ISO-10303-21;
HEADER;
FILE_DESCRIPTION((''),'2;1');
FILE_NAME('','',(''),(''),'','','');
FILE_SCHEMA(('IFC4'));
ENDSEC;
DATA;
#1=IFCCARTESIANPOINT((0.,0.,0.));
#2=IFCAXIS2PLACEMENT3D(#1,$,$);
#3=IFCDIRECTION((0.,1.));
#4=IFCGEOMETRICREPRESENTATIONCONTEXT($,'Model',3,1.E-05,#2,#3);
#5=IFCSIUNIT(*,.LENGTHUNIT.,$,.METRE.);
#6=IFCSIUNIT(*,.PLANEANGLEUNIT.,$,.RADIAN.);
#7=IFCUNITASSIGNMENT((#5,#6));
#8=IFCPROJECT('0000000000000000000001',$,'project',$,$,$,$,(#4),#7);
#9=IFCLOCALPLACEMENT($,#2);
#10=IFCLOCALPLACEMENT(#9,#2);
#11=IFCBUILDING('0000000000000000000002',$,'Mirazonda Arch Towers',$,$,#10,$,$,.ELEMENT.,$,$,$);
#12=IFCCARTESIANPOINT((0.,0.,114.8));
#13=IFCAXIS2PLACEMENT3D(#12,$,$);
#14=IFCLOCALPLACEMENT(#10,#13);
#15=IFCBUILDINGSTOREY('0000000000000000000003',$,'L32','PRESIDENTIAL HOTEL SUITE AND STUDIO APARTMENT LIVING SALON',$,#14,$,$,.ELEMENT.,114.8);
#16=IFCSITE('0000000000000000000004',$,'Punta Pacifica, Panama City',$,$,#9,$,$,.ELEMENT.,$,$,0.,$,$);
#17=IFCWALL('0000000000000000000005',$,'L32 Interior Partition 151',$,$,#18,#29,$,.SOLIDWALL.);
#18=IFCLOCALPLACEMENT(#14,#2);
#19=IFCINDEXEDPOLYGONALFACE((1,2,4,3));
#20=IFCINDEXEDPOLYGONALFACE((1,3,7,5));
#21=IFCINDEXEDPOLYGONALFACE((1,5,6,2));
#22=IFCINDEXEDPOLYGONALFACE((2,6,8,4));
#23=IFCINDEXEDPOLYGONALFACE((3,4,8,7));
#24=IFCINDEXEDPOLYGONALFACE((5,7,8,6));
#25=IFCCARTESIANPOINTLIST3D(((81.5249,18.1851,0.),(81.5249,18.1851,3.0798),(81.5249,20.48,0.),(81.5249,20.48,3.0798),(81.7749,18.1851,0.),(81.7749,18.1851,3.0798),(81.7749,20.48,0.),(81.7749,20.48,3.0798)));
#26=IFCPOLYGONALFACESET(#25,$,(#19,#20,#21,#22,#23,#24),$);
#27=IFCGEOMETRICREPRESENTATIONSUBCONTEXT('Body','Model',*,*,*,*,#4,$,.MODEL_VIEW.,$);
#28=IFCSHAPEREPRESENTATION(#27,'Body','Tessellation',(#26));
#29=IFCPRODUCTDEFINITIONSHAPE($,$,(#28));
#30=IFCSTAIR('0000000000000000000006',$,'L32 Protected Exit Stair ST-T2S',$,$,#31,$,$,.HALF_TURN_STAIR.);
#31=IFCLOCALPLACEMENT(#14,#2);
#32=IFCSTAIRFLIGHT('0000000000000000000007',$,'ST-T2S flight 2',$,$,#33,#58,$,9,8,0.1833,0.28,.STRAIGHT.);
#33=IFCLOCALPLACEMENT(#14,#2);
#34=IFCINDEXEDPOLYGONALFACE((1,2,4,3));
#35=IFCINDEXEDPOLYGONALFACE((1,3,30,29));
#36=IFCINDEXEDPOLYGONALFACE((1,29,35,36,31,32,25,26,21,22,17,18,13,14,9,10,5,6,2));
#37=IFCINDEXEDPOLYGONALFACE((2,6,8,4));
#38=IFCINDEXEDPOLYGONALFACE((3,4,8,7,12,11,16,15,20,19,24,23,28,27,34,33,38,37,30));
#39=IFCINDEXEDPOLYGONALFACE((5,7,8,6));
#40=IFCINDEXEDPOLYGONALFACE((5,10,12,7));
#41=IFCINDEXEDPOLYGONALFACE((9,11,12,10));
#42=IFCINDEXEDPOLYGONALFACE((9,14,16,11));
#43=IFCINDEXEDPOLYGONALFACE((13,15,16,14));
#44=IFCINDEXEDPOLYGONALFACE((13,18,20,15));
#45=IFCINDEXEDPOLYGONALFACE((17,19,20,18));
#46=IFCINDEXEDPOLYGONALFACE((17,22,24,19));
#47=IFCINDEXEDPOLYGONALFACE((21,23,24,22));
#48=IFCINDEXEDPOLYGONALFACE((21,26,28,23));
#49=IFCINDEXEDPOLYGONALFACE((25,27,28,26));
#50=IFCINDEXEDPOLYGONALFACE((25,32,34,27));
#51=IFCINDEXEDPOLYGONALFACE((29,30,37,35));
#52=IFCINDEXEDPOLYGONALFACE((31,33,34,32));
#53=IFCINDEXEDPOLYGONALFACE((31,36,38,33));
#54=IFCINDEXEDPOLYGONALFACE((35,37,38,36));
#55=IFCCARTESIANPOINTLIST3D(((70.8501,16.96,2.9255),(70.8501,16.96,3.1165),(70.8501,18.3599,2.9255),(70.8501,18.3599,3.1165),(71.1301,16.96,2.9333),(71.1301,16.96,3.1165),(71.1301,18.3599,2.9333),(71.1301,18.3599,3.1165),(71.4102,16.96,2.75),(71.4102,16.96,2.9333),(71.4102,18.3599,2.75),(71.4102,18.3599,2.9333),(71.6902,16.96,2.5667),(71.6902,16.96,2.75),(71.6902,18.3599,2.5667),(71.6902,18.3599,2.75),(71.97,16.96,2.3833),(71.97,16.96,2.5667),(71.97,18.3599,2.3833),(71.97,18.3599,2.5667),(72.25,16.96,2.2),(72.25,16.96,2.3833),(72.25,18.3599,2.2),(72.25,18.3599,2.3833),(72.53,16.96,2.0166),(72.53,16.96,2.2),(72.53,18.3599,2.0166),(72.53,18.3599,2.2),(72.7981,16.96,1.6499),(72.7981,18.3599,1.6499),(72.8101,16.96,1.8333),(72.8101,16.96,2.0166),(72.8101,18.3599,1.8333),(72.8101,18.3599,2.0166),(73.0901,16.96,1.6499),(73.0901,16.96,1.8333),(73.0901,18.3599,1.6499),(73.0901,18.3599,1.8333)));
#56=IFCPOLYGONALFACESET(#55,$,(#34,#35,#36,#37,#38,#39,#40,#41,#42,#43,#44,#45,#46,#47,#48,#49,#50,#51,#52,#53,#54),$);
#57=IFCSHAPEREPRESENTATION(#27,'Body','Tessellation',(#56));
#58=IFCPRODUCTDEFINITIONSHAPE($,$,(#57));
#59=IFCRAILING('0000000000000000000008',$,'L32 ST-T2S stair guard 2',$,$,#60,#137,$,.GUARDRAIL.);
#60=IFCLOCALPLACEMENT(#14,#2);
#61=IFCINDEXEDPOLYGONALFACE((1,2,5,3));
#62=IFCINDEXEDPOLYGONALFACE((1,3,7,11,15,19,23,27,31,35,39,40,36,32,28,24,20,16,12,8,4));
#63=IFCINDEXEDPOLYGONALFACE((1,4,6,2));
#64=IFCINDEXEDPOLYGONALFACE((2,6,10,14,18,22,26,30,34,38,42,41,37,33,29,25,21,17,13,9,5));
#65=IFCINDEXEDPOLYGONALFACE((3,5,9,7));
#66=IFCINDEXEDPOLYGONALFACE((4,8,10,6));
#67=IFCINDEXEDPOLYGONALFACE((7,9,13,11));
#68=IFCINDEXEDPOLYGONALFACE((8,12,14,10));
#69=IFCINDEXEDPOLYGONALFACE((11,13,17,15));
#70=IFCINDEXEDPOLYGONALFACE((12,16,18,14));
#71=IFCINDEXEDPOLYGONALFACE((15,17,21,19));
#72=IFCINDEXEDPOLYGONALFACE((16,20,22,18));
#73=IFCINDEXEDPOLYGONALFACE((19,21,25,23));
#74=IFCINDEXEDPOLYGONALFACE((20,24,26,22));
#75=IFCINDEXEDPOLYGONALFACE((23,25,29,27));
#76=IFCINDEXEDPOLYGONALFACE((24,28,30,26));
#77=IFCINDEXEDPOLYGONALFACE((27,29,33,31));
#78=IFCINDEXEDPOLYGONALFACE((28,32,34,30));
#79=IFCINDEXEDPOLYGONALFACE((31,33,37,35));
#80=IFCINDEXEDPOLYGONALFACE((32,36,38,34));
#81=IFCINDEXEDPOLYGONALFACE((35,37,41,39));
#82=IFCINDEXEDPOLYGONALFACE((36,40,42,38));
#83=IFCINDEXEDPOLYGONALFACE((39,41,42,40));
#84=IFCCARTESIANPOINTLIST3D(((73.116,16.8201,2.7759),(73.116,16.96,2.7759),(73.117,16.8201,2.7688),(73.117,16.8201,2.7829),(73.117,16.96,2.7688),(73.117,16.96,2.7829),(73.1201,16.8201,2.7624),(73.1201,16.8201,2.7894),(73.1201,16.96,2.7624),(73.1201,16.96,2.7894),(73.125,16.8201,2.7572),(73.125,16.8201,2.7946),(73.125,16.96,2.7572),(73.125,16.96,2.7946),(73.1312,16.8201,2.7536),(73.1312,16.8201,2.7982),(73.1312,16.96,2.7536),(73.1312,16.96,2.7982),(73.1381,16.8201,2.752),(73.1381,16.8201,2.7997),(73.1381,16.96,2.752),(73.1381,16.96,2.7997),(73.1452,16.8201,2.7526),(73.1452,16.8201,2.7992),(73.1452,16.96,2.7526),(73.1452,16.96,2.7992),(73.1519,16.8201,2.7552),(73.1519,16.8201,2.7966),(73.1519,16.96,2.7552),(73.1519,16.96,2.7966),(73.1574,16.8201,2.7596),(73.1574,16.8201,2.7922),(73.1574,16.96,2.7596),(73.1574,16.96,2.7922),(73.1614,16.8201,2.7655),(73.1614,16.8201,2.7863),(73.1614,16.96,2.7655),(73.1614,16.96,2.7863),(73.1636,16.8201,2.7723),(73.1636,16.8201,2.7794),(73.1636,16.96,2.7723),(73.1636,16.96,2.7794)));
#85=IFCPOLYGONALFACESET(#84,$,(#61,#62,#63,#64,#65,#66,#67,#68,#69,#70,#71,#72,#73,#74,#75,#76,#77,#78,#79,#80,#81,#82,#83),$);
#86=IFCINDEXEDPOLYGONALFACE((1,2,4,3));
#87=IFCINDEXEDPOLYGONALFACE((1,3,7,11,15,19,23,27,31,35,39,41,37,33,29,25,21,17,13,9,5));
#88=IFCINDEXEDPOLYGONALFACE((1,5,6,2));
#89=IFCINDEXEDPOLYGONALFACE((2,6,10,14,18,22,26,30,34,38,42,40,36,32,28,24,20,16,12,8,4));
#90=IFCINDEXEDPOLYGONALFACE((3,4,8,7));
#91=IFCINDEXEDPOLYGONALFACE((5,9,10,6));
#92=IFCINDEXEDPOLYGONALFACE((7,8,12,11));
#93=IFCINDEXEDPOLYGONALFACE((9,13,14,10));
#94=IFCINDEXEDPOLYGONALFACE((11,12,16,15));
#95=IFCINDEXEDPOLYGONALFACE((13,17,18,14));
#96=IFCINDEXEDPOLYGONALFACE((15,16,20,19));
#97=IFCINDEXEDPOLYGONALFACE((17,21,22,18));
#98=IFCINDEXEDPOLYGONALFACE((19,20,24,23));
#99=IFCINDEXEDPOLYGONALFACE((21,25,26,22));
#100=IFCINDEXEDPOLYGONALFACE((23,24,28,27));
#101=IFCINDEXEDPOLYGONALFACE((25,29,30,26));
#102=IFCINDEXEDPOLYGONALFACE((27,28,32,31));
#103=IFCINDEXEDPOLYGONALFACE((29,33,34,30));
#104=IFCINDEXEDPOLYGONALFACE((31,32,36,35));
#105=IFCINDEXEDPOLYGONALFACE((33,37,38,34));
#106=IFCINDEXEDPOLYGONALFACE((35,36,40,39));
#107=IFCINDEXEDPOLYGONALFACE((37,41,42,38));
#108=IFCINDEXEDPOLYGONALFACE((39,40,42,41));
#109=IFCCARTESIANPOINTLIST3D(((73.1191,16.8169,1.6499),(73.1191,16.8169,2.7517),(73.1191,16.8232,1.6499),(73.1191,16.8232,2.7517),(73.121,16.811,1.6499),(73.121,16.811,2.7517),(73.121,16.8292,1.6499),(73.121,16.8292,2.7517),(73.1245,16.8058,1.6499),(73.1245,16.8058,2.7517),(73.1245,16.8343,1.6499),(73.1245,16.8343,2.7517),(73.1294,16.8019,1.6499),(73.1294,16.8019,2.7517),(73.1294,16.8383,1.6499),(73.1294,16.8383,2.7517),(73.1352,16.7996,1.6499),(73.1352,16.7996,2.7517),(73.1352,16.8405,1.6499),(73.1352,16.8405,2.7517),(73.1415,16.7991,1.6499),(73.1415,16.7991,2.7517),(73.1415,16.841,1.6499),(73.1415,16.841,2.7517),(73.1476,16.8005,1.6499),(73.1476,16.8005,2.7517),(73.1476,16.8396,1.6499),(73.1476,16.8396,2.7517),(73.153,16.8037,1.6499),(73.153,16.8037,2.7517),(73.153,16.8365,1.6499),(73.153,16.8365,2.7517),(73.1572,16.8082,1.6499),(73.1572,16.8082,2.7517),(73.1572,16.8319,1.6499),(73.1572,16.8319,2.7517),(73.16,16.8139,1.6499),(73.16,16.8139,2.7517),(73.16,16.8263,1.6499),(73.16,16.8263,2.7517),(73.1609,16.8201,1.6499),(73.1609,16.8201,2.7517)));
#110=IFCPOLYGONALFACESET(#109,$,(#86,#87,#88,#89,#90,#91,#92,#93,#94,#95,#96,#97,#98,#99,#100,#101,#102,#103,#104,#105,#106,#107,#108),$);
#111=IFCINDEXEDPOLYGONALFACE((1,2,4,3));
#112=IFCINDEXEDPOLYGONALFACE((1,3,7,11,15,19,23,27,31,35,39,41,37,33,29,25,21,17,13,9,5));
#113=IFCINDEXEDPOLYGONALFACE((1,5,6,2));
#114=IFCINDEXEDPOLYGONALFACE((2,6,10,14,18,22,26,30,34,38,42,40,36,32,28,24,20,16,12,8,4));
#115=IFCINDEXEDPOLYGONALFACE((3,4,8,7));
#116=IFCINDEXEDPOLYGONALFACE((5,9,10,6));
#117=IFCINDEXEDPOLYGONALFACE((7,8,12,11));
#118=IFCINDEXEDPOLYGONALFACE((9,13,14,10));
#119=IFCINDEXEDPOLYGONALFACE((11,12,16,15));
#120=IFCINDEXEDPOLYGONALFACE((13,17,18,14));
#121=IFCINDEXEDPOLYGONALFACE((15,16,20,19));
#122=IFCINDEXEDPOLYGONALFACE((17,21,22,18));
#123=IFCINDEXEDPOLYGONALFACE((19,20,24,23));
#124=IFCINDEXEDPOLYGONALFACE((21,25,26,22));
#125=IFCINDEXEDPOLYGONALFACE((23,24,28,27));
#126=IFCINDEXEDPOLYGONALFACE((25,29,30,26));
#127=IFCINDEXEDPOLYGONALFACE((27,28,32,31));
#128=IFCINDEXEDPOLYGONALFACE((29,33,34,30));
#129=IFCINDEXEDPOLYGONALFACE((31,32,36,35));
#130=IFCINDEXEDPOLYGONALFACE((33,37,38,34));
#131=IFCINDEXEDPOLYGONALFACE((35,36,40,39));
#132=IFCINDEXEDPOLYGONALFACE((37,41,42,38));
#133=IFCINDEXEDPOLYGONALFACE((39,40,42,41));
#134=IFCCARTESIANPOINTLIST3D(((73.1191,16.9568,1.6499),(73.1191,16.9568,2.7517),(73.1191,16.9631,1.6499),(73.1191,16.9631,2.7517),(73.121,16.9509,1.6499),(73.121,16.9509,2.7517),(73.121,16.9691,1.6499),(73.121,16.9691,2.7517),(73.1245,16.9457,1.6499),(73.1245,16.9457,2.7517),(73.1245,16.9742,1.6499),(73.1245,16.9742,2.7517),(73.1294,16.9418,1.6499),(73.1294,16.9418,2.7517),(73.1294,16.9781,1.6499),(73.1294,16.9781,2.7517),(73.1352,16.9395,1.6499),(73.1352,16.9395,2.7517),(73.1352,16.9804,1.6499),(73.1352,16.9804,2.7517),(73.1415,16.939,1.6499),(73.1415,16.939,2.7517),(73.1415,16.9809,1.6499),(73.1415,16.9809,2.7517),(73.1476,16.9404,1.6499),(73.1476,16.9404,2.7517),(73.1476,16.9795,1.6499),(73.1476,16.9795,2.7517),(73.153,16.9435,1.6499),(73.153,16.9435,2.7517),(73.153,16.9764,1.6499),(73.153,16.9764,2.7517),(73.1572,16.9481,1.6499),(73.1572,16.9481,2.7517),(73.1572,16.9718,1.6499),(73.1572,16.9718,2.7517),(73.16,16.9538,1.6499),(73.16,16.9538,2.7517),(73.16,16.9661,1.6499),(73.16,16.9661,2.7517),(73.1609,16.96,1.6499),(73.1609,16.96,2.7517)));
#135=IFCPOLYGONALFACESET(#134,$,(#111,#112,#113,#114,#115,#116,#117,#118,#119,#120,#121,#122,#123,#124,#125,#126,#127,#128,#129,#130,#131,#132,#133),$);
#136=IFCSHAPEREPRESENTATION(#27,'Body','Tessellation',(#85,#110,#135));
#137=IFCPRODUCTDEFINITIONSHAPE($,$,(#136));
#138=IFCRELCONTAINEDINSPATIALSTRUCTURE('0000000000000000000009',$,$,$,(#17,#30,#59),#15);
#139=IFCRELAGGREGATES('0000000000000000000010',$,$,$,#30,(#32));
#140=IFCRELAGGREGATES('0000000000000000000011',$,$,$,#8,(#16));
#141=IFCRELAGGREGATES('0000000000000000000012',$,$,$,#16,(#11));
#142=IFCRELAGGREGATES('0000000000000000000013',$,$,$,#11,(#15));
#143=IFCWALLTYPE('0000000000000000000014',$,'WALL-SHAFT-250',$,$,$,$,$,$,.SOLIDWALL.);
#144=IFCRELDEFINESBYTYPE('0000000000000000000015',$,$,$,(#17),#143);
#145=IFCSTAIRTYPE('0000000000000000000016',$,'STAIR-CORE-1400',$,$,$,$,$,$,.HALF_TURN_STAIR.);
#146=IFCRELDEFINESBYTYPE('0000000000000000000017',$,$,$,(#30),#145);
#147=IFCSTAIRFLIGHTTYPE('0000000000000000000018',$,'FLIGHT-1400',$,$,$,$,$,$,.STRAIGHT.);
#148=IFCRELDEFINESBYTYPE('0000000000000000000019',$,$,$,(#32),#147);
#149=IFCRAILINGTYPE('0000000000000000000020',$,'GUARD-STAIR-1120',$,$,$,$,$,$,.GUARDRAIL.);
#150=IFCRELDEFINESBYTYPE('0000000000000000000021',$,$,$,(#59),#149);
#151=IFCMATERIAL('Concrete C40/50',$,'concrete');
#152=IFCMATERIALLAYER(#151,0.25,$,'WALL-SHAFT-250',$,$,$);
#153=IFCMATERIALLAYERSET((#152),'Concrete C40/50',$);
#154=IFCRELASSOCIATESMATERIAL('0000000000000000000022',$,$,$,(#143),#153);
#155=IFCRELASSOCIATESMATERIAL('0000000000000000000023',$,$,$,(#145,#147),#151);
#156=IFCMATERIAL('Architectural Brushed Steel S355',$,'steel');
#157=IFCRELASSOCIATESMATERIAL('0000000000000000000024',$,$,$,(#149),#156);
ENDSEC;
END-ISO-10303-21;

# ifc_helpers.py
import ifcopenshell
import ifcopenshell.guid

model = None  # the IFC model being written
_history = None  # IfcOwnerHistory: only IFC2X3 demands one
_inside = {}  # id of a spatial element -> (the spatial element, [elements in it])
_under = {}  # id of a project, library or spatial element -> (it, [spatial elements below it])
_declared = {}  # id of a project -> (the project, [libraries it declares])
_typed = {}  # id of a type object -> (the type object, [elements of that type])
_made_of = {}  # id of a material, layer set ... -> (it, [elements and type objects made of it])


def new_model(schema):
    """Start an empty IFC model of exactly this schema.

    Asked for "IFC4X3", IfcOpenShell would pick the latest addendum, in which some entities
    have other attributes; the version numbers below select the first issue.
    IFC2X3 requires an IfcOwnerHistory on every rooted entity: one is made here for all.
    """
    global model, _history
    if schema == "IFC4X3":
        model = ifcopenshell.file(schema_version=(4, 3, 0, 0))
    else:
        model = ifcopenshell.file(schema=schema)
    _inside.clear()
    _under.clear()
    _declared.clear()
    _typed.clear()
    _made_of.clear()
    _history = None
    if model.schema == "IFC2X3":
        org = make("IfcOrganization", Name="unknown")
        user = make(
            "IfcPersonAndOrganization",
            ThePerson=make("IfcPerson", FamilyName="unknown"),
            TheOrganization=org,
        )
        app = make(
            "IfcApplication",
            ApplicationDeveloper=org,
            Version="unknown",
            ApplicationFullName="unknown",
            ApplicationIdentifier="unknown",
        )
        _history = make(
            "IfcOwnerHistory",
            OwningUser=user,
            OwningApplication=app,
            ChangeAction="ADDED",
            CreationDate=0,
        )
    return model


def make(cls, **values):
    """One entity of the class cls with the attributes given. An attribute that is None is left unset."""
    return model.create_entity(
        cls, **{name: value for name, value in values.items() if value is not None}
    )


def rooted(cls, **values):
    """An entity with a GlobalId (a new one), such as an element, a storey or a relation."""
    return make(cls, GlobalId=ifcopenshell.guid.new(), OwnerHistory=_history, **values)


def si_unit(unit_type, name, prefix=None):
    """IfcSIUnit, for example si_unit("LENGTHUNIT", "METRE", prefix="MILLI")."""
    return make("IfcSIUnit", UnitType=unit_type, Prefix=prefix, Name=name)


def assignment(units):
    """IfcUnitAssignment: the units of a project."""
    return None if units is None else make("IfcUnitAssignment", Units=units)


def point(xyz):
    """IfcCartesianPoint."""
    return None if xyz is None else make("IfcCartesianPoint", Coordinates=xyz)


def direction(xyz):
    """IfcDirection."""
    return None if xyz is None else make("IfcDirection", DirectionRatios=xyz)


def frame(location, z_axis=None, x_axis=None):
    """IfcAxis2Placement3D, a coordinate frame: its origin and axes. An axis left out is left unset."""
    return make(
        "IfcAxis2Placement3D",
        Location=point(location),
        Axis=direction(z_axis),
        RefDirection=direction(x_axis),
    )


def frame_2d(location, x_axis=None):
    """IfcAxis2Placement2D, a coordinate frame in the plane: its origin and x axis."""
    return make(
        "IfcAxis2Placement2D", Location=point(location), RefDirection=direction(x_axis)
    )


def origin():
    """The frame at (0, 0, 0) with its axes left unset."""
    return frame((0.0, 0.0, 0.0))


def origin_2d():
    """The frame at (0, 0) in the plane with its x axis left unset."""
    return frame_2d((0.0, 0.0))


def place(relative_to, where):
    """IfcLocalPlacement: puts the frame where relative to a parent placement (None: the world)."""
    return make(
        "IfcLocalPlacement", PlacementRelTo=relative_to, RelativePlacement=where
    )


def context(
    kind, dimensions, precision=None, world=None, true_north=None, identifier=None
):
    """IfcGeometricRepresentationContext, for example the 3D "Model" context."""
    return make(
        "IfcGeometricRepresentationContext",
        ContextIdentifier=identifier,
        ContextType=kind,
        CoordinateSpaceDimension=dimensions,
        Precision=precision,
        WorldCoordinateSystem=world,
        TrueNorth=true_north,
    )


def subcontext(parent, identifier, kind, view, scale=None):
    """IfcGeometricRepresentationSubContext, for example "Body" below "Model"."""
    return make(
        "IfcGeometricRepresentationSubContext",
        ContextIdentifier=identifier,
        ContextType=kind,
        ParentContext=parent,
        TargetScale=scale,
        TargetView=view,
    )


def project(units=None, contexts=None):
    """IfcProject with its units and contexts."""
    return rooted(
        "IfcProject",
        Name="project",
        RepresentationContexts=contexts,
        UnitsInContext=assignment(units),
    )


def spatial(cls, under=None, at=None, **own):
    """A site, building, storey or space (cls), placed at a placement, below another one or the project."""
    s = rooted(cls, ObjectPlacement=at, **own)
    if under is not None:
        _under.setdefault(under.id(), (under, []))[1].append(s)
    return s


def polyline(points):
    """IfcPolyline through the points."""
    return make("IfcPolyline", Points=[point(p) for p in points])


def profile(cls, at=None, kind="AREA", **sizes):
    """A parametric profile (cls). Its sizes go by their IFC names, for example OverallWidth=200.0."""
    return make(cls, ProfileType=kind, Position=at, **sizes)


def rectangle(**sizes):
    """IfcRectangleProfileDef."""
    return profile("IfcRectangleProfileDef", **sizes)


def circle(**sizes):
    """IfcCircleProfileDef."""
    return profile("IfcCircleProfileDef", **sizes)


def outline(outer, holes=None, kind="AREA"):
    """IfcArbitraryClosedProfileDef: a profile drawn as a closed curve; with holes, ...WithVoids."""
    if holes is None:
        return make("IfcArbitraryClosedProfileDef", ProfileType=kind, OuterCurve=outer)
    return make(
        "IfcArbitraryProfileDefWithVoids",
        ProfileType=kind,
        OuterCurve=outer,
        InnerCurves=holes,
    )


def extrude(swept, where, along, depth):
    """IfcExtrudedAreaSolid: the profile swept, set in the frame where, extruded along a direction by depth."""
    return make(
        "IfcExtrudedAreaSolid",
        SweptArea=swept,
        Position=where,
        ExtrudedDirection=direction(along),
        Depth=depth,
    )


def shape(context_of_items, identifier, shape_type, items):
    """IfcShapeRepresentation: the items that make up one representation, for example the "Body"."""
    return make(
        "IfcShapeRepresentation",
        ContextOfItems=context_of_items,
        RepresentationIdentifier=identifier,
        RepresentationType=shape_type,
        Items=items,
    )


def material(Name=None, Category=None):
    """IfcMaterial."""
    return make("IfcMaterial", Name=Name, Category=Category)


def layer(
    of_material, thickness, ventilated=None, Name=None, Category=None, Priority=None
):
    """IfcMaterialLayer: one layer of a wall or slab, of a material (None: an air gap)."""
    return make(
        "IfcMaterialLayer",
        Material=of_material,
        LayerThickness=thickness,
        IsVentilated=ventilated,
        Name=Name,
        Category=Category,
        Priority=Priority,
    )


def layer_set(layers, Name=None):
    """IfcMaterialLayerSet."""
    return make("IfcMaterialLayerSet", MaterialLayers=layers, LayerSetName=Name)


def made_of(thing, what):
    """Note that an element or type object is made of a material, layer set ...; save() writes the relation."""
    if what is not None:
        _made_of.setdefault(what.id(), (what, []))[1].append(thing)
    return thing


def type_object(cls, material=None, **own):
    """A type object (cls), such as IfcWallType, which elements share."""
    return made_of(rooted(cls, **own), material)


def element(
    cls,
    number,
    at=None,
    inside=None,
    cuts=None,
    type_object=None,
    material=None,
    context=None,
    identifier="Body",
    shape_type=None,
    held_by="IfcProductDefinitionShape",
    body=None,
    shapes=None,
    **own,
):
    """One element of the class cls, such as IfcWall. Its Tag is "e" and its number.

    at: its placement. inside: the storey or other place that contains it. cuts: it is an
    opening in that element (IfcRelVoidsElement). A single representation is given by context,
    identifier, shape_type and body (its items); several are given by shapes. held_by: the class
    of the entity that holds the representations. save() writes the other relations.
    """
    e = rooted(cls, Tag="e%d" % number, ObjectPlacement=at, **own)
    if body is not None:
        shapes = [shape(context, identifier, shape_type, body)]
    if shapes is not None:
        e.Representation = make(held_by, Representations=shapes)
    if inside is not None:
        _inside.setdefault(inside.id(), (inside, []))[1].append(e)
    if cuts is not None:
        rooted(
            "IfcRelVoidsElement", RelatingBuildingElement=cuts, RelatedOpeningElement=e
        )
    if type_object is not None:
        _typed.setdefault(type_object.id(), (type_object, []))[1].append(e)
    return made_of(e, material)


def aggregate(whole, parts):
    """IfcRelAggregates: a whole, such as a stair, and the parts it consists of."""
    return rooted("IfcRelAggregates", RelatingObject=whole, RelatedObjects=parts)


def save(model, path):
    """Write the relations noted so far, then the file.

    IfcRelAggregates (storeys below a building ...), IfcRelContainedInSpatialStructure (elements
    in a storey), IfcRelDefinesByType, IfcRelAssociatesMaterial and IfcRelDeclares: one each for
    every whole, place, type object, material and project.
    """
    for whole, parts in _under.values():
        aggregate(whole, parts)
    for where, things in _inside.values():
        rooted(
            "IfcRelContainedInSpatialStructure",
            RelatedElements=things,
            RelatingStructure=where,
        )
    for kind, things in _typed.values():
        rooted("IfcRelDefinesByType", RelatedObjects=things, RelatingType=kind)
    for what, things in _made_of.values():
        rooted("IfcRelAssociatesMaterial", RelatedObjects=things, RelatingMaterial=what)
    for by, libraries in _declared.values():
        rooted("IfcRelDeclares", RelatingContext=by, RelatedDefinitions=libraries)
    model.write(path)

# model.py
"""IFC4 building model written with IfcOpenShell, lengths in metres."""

from ifc_helpers import new_model, si_unit, direction, frame, frame_2d, origin, origin_2d, place, context, subcontext, project, spatial, polyline, rectangle, circle, outline, extrude, material, layer, layer_set, type_object, element, aggregate, save


model = new_model("IFC4")

# Units and contexts
model_context = context("Model", 3, precision=1e-05, world=origin(), true_north=direction((0.0, 1.0)))
body_context = subcontext(model_context, "Body", "Model", "MODEL_VIEW")
ifc_project = project(units=[si_unit("LENGTHUNIT", "METRE"), si_unit("PLANEANGLEUNIT", "RADIAN")], contexts=[model_context])

# Site, building, storey
site_placement = place(None, origin())
site = spatial("IfcSite", under=ifc_project, at=site_placement, Name="Punta Pacifica, Panama City", CompositionType="ELEMENT", RefElevation=0.0)
building_placement = place(site_placement, origin())
building = spatial("IfcBuilding", under=site, at=building_placement, Name="Mirazonda Arch Towers", CompositionType="ELEMENT")
storey_placement = place(building_placement, frame((0.0, 0.0, 114.8)))
storey = spatial("IfcBuildingStorey", under=building, at=storey_placement, Name="L32", Description="PRESIDENTIAL HOTEL SUITE AND STUDIO APARTMENT LIVING SALON", CompositionType="ELEMENT", Elevation=114.8)

# Wall
ifc_material_1 = material(Name="Concrete C40/50", Category="concrete")
ifc_layer_1 = layer(ifc_material_1, 0.25, Name="WALL-SHAFT-250")
ifc_layer_set_1 = layer_set([ifc_layer_1], Name="Concrete C40/50")
wall_type_1 = type_object("IfcWallType", Name="WALL-SHAFT-250", PredefinedType="SOLIDWALL", material=ifc_layer_set_1)
wall_1_placement = place(storey_placement, frame((81.6499, 18.1851, 0.0), z_axis=(0.0, 0.0, 1.0), x_axis=(0.0, 1.0, 0.0)))
element("IfcWall", 1, at=wall_1_placement, inside=storey, type_object=wall_type_1, Name="L32 Interior Partition 151", PredefinedType="SOLIDWALL", context=body_context, shape_type="SweptSolid", body=[
    extrude(rectangle(XDim=2.2949, YDim=0.25, at=frame_2d((1.1475, 0.0))), origin(), (0.0, 0.0, 1.0), 3.0798),
])

# Stair, stair flight
stair_type = type_object("IfcStairType", Name="STAIR-CORE-1400", PredefinedType="HALF_TURN_STAIR", material=ifc_material_1)
stair_placement = place(storey_placement, origin())
stair = element("IfcStair", 2, at=stair_placement, inside=storey, type_object=stair_type, Name="L32 Protected Exit Stair ST-T2S", PredefinedType="HALF_TURN_STAIR")
stair_flight_type = type_object("IfcStairFlightType", Name="FLIGHT-1400", PredefinedType="STRAIGHT", material=ifc_material_1)
stair_flight_placement = place(storey_placement, frame((73.0901, 17.6599, 1.6499), z_axis=(0.0, 0.0, 1.0), x_axis=(-1.0, 0.0, 0.0)))
stair_flight = element("IfcStairFlight", 3, at=stair_flight_placement, type_object=stair_flight_type, Name="ST-T2S flight 2", NumberOfRisers=9, NumberOfTreads=8, PredefinedType="STRAIGHT", RiserHeight=0.1833, TreadLength=0.28, context=body_context, shape_type="SweptSolid", body=[
    extrude(outline(polyline([(0.0, 0.0), (0.0, 0.1833), (0.28, 0.1833), (0.28, 0.3667), (0.5601, 0.3667), (0.5601, 0.55), (0.8401, 0.55), (0.8401, 0.7334), (1.1201, 0.7334), (1.1201, 0.9167), (1.3999, 0.9167), (1.3999, 1.1001), (1.6799, 1.1001), (1.6799, 1.2834), (1.96, 1.2834), (1.96, 1.4666), (2.24, 1.4666), (2.24, 1.6499), (2.24, 1.2756), (0.292, 0.0), (0.0, 0.0)])), frame((0.0, 0.7, 0.0), z_axis=(0.0, -1.0, 0.0), x_axis=(1.0, 0.0, 0.0)), (0.0, 0.0, 1.0), 1.3999),
])
aggregate(stair, [stair_flight])

# Railing
ifc_material_2 = material(Name="Architectural Brushed Steel S355", Category="steel")
railing_type_1 = type_object("IfcRailingType", Name="GUARD-STAIR-1120", PredefinedType="GUARDRAIL", material=ifc_material_2)
railing_1_placement = place(storey_placement, frame((73.1399, 16.8201, 1.6499)))
element("IfcRailing", 4, at=railing_1_placement, inside=storey, type_object=railing_type_1, Name="L32 ST-T2S stair guard 2", PredefinedType="GUARDRAIL", context=body_context, shape_type="SweptSolid", body=[
    extrude(circle(Radius=0.0239, at=origin_2d()), frame((0.0, 0.0, 1.126), z_axis=(0.0, 1.0, 0.0), x_axis=(-1.0, 0.0, 0.0)), (0.0, 0.0, 1.0), 0.1399),
    extrude(circle(Radius=0.021, at=origin_2d()), origin(), (0.0, 0.0, 1.0), 1.1018),
    extrude(circle(Radius=0.021, at=origin_2d()), frame((0.0, 0.1399, 0.0)), (0.0, 0.0, 1.0), 1.1018),
])

save(model, "model.ifc")
